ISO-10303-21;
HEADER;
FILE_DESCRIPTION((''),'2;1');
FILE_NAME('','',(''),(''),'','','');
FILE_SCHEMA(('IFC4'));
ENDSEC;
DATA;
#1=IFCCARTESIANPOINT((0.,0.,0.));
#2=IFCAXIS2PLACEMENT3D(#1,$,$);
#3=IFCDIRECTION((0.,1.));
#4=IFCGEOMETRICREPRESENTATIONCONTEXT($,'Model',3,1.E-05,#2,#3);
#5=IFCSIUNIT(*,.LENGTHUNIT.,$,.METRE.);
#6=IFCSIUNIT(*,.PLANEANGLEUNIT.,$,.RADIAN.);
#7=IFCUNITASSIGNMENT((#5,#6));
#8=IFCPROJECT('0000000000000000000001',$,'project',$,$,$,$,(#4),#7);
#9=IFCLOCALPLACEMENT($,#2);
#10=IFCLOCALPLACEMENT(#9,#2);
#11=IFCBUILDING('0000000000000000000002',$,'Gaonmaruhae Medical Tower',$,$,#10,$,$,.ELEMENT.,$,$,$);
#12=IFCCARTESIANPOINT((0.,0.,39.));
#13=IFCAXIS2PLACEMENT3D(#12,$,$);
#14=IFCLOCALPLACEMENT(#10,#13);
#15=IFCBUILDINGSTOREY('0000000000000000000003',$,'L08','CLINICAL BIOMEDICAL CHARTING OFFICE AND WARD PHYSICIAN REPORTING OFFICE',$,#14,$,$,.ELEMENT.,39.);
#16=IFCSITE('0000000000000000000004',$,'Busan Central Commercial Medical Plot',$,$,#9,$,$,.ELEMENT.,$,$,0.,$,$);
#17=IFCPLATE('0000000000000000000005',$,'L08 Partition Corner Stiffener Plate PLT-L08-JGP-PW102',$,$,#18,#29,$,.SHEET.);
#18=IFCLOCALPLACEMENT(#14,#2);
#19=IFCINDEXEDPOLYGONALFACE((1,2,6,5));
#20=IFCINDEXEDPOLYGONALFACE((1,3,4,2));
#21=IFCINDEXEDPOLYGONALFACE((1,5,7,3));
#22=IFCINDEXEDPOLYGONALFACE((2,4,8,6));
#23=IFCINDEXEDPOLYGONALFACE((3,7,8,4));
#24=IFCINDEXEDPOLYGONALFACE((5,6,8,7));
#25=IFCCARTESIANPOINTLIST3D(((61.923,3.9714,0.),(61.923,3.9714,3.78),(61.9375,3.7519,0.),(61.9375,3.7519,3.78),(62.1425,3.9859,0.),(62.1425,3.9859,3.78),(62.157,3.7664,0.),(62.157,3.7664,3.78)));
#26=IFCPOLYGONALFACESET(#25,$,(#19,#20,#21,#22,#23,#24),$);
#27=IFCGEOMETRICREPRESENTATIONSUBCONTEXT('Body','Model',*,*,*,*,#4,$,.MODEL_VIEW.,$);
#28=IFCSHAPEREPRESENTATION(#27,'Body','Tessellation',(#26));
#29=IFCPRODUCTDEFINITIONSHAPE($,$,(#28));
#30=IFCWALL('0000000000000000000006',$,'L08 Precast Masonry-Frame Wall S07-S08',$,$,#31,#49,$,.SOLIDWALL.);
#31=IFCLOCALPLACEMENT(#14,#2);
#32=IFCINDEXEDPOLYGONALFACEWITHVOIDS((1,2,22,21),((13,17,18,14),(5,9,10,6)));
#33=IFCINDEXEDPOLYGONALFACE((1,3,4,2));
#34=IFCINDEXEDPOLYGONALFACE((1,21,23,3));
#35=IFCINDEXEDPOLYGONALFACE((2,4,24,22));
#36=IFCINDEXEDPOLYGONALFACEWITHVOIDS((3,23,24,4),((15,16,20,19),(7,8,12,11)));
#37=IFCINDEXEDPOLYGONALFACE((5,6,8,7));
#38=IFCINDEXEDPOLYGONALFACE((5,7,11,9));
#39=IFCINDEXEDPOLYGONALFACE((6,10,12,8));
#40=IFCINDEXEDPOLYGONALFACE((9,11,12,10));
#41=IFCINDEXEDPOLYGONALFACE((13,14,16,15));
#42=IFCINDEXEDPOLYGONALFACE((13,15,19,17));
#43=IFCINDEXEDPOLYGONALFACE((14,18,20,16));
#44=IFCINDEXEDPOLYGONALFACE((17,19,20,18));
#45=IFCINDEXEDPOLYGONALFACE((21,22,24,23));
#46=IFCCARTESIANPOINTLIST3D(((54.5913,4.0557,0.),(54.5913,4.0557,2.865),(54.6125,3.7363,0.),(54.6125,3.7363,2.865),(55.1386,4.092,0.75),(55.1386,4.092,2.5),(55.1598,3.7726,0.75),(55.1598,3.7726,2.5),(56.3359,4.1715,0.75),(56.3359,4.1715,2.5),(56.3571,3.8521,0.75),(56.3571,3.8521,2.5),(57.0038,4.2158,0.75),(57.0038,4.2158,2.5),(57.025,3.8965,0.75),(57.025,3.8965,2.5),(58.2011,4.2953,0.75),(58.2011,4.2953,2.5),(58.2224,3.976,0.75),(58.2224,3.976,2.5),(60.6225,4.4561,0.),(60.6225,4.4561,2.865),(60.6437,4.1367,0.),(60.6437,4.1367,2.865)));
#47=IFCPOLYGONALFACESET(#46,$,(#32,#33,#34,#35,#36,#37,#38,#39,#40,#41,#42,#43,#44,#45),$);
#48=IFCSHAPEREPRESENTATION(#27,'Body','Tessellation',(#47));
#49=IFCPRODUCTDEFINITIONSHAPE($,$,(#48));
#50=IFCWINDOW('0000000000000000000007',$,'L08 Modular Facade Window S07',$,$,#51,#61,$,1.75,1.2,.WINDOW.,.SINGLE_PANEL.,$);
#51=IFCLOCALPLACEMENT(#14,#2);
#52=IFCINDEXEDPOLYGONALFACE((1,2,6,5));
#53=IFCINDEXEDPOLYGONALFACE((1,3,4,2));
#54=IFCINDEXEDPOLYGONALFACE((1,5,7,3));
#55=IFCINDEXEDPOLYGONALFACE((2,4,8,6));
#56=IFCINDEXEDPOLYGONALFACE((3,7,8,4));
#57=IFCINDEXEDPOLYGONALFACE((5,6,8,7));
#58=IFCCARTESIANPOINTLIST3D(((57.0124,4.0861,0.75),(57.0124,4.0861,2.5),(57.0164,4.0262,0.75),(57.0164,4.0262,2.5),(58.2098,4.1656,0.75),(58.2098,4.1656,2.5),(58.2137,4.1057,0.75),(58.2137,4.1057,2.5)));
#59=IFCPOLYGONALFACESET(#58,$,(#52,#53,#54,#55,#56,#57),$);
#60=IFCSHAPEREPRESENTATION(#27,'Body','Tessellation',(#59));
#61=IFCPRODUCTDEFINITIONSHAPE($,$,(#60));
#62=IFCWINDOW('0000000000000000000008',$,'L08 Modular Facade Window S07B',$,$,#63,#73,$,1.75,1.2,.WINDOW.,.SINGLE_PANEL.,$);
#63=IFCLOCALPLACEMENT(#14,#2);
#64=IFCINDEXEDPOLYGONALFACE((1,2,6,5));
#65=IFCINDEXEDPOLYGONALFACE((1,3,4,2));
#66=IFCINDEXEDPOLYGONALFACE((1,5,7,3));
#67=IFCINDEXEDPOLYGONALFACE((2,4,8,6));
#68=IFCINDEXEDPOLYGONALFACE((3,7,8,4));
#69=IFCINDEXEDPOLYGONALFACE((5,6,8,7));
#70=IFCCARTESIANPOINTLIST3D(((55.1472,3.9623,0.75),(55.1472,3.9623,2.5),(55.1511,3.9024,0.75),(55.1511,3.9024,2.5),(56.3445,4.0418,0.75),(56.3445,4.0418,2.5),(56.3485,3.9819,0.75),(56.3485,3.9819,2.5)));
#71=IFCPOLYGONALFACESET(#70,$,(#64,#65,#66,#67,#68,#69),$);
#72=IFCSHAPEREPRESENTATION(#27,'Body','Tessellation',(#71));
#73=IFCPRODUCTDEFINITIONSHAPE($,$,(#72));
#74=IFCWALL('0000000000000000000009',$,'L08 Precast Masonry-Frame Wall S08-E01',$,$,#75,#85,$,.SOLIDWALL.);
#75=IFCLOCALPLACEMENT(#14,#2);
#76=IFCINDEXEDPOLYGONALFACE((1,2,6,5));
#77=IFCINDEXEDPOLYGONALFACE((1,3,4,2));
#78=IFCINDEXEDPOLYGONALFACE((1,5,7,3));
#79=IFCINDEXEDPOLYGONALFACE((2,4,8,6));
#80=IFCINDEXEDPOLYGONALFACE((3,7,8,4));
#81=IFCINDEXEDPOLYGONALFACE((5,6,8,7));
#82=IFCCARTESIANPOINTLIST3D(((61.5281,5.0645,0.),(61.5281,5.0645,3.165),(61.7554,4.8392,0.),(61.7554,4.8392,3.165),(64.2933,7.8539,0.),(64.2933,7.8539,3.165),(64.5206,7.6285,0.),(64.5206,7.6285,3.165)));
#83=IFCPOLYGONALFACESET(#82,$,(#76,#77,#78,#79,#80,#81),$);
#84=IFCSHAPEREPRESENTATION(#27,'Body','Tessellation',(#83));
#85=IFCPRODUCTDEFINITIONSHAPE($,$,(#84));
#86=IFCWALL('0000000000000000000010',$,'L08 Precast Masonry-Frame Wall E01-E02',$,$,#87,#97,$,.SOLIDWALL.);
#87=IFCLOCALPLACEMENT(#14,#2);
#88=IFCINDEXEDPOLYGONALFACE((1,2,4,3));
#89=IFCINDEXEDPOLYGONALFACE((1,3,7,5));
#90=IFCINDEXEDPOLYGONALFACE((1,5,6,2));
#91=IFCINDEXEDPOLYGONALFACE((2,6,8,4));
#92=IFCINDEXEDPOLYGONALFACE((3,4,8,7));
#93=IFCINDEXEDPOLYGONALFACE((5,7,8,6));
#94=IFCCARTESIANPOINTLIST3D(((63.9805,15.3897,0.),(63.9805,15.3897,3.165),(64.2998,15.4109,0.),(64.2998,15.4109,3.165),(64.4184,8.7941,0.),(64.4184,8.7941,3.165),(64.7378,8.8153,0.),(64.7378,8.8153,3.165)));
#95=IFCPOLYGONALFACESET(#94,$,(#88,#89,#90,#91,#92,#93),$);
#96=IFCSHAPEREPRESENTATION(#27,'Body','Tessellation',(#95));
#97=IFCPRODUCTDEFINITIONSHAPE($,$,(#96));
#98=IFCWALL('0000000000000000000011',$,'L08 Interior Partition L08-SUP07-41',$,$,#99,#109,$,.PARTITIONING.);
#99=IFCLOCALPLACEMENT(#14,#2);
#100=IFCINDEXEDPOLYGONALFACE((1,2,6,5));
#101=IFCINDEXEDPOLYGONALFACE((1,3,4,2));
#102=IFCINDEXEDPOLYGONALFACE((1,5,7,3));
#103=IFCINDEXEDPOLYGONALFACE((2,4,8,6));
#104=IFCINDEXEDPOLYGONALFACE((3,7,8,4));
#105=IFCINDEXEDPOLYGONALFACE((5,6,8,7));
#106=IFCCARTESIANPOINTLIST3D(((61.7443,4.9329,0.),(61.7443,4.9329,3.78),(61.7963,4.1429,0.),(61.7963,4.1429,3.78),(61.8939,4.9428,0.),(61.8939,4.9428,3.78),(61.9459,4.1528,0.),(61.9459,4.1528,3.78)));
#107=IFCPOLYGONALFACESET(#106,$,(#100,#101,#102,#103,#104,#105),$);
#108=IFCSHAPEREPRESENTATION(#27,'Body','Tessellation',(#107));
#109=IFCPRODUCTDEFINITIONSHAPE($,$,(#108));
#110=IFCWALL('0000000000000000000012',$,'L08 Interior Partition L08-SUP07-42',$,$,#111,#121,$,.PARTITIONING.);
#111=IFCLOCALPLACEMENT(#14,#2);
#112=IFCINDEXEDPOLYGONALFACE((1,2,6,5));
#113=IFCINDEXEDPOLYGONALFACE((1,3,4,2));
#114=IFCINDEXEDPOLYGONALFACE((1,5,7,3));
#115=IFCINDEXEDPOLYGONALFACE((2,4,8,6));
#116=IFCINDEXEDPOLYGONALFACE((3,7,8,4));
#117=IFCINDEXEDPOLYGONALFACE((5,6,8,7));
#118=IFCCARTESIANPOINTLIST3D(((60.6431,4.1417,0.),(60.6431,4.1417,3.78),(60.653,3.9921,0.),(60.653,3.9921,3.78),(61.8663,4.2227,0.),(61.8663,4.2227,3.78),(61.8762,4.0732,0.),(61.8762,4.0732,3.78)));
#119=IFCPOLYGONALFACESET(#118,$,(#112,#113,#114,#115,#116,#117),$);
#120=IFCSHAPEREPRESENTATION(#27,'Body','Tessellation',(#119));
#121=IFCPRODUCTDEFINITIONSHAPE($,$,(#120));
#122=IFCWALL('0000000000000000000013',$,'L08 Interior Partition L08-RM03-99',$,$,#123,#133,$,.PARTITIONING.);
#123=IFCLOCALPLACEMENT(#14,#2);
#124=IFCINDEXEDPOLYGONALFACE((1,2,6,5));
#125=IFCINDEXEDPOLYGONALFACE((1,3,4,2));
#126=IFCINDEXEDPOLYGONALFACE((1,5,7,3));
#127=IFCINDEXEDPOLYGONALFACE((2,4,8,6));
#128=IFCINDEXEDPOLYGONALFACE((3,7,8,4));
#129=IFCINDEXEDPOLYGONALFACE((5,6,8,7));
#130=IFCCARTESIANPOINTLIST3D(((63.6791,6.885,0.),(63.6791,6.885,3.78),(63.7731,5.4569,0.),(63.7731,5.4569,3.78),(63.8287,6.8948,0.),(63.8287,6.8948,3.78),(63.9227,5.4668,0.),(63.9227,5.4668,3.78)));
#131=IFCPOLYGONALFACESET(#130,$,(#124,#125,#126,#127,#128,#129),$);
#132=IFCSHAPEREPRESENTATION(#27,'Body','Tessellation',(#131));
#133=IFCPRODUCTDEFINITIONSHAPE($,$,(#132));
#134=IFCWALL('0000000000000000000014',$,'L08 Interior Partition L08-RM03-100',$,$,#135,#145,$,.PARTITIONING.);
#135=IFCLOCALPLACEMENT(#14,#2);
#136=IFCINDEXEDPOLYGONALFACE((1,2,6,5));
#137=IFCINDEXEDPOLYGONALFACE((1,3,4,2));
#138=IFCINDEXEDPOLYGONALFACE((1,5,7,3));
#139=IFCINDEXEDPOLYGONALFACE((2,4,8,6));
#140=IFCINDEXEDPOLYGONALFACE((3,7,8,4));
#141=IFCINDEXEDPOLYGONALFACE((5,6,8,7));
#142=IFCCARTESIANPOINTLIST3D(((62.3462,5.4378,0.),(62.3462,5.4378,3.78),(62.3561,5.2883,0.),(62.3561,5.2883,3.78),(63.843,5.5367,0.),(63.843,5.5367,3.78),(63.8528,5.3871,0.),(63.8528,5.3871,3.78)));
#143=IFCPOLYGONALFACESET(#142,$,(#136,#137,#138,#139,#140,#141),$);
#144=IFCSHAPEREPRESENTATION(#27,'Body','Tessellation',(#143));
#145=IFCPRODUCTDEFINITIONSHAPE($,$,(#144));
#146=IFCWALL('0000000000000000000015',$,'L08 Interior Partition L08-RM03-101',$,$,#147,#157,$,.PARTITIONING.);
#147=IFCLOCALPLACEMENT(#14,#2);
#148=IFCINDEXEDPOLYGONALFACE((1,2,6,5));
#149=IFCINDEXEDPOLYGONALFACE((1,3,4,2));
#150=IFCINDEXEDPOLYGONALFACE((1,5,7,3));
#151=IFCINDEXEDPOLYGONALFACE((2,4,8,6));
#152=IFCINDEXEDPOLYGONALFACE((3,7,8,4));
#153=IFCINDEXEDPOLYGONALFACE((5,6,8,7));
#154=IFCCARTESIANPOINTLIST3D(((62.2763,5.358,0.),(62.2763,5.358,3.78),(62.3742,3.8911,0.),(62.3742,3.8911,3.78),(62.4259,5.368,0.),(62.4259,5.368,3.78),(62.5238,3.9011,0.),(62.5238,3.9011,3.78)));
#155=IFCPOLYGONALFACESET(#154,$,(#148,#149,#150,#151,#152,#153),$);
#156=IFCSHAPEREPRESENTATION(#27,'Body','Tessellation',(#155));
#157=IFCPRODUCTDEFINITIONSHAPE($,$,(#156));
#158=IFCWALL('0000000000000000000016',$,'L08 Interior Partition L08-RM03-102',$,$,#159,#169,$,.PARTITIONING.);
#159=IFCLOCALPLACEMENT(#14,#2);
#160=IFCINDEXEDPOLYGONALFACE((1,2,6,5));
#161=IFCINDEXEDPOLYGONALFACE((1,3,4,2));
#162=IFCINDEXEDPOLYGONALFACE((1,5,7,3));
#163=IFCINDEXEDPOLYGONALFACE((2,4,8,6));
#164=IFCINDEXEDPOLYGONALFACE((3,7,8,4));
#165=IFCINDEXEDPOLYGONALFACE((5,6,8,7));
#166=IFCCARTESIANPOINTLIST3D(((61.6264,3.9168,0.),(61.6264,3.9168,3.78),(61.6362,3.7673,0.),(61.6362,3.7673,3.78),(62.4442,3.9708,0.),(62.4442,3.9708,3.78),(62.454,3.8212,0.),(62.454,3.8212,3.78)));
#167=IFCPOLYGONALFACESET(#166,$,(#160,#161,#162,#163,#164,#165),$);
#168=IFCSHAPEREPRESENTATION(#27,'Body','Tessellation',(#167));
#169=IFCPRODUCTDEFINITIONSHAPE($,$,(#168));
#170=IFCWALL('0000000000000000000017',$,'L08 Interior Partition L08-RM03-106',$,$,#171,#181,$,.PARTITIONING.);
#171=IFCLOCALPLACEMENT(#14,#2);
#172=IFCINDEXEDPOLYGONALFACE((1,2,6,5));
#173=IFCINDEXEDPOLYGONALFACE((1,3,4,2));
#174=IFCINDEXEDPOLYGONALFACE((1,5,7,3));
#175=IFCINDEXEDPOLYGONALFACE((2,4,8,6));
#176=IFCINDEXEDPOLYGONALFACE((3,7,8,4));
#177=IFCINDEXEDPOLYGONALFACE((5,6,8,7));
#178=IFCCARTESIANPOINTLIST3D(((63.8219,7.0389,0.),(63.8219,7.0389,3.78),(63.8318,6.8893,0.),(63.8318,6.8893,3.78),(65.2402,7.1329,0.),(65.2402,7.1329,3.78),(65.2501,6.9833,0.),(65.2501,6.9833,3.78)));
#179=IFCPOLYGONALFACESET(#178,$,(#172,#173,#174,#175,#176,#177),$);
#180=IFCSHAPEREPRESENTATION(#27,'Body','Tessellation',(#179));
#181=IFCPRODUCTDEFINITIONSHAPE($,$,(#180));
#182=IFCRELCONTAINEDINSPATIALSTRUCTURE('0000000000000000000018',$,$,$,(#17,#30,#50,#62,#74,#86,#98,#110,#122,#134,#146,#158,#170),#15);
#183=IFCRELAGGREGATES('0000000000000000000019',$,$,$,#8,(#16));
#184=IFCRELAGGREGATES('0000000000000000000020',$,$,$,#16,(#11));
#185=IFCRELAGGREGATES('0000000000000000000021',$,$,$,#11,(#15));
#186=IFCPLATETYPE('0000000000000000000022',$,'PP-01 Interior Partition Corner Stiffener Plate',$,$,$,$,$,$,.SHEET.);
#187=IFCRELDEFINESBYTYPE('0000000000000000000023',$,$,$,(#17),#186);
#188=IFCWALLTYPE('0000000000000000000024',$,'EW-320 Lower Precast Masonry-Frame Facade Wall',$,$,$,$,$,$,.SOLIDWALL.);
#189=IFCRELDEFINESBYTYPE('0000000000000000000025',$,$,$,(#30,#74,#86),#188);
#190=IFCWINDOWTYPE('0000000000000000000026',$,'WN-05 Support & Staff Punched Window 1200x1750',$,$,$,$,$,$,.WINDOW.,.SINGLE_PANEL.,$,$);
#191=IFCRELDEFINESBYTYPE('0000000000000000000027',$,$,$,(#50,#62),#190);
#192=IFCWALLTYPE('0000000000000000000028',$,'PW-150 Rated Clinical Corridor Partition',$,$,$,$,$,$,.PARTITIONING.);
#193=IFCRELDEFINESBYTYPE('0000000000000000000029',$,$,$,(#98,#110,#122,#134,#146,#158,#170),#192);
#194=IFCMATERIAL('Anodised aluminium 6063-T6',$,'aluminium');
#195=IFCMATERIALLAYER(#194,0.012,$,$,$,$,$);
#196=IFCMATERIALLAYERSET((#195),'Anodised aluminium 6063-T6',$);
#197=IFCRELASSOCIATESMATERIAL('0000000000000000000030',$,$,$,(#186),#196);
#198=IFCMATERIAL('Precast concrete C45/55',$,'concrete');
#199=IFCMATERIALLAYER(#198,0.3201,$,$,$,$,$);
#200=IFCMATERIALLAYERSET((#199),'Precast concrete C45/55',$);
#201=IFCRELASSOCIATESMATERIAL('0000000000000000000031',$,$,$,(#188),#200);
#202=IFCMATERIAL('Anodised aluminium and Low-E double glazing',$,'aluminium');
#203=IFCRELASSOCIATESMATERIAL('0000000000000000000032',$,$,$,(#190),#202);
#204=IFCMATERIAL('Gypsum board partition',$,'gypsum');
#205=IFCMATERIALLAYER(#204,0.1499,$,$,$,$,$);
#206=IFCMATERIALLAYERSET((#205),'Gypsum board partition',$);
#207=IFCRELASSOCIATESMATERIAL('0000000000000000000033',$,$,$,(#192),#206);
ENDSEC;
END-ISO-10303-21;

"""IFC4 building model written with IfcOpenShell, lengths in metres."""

from ifc_helpers import new_model, si_unit, direction, frame, frame_2d, origin, origin_2d, place, context, subcontext, project, spatial, rectangle, extrude, material, layer, layer_set, type_object, element, fill, save


model = new_model("IFC4")

# Units and contexts
model_context = context("Model", 3, precision=1e-05, world=origin(), true_north=direction((0.0, 1.0)))
body_context = subcontext(model_context, "Body", "Model", "MODEL_VIEW")
ifc_project = project(units=[si_unit("LENGTHUNIT", "METRE"), si_unit("PLANEANGLEUNIT", "RADIAN")], contexts=[model_context])

# Site, building, storey
site_placement = place(None, origin())
site = spatial("IfcSite", under=ifc_project, at=site_placement, Name="Busan Central Commercial Medical Plot", CompositionType="ELEMENT", RefElevation=0.0)
building_placement = place(site_placement, origin())
building = spatial("IfcBuilding", under=site, at=building_placement, Name="Gaonmaruhae Medical Tower", CompositionType="ELEMENT")
storey_placement = place(building_placement, frame((0.0, 0.0, 39.0)))
storey = spatial("IfcBuildingStorey", under=building, at=storey_placement, Name="L08", Description="CLINICAL BIOMEDICAL CHARTING OFFICE AND WARD PHYSICIAN REPORTING OFFICE", CompositionType="ELEMENT", Elevation=39.0)

# Plate
ifc_material_1 = material(Name="Anodised aluminium 6063-T6", Category="aluminium")
ifc_layer_1 = layer(ifc_material_1, 0.012)
ifc_layer_set_1 = layer_set([ifc_layer_1], Name="Anodised aluminium 6063-T6")
plate_type_1 = type_object("IfcPlateType", Name="PP-01 Interior Partition Corner Stiffener Plate", PredefinedType="SHEET", material=ifc_layer_set_1)
for number, where, z_axis, x_axis, name in (
    (1, (62.04, 3.8689, 0.0), (0.0, 0.0, 1.0), (-0.997828, -0.065873, 0.0), "L08 Partition Corner Stiffener Plate PLT-L08-JGP-PW102"),
):
    element("IfcPlate", number, at=place(storey_placement, frame(where, z_axis=z_axis, x_axis=x_axis)), inside=storey, type_object=plate_type_1, Name=name, PredefinedType="SHEET", context=body_context, shape_type="SweptSolid", body=[
        extrude(rectangle(XDim=0.22, YDim=0.22, at=origin_2d()), origin(), (0.0, 0.0, 1.0), 3.78),
    ])

# Wall, openings, windows
ifc_material_2 = material(Name="Precast concrete C45/55", Category="concrete")
ifc_layer_2 = layer(ifc_material_2, 0.3201)
ifc_layer_set_2 = layer_set([ifc_layer_2], Name="Precast concrete C45/55")
wall_type_1 = type_object("IfcWallType", Name="EW-320 Lower Precast Masonry-Frame Facade Wall", PredefinedType="SOLIDWALL", material=ifc_layer_set_2)
wall_1_placement = place(storey_placement, frame((60.6331, 4.2964, 0.0), z_axis=(0.0, 0.0, 1.0), x_axis=(-0.997804, -0.06624, 0.0)))
wall_1 = element("IfcWall", 2, at=wall_1_placement, inside=storey, type_object=wall_type_1, Name="L08 Precast Masonry-Frame Wall S07-S08", PredefinedType="SOLIDWALL", context=body_context, shape_type="SweptSolid", body=[
    extrude(rectangle(XDim=6.0444, YDim=0.3201, at=frame_2d((3.0222, 0.0))), origin(), (0.0, 0.0, 1.0), 2.865),
])
opening_1_placement = place(wall_1_placement, frame((2.4265, 0.0, 0.75)))
opening_1 = element("IfcOpeningElement", 3, at=opening_1_placement, cuts=wall_1, PredefinedType="OPENING", context=body_context, shape_type="SweptSolid", body=[
    extrude(rectangle(XDim=1.2, YDim=1.75, at=frame_2d((0.6001, 0.875))), frame((0.0, 0.1699, 0.0), z_axis=(0.0, -1.0, 0.0), x_axis=(1.0, 0.0, 0.0)), (0.0, 0.0, 1.0), 0.3401),
])
opening_2_placement = place(wall_1_placement, frame((4.2959, 0.0, 0.75)))
opening_2 = element("IfcOpeningElement", 4, at=opening_2_placement, cuts=wall_1, PredefinedType="OPENING", context=body_context, shape_type="SweptSolid", body=[
    extrude(rectangle(XDim=1.2, YDim=1.75, at=frame_2d((0.6001, 0.875))), frame((0.0, 0.1699, 0.0), z_axis=(0.0, -1.0, 0.0), x_axis=(1.0, 0.0, 0.0)), (0.0, 0.0, 1.0), 0.3401),
])
ifc_material_3 = material(Name="Anodised aluminium and Low-E double glazing", Category="aluminium")
window_type = type_object("IfcWindowType", Name="WN-05 Support & Staff Punched Window 1200x1750", PartitioningType="SINGLE_PANEL", PredefinedType="WINDOW", material=ifc_material_3)
window_1_placement = place(opening_1_placement, origin())
window_1 = element("IfcWindow", 5, at=window_1_placement, inside=storey, type_object=window_type, Name="L08 Modular Facade Window S07", OverallHeight=1.75, OverallWidth=1.2, PartitioningType="SINGLE_PANEL", PredefinedType="WINDOW", context=body_context, shape_type="SweptSolid", body=[
    extrude(rectangle(XDim=1.2, YDim=1.75, at=frame_2d((0.6001, 0.875))), frame((0.0, 0.03, 0.0), z_axis=(0.0, -1.0, 0.0), x_axis=(1.0, 0.0, 0.0)), (0.0, 0.0, 1.0), 0.0601),
])
fill(opening_1, window_1)
window_2_placement = place(opening_2_placement, origin())
window_2 = element("IfcWindow", 6, at=window_2_placement, inside=storey, type_object=window_type, Name="L08 Modular Facade Window S07B", OverallHeight=1.75, OverallWidth=1.2, PartitioningType="SINGLE_PANEL", PredefinedType="WINDOW", context=body_context, shape_type="SweptSolid", body=[
    extrude(rectangle(XDim=1.2, YDim=1.75, at=frame_2d((0.6001, 0.875))), frame((0.0, 0.03, 0.0), z_axis=(0.0, -1.0, 0.0), x_axis=(1.0, 0.0, 0.0)), (0.0, 0.0, 1.0), 0.0601),
])
fill(opening_2, window_2)

# Walls
wall_2_placement = place(storey_placement, frame((64.407, 7.7412, 0.0), z_axis=(0.0, 0.0, 1.0), x_axis=(-0.704023, -0.710177, 0.0)))
element("IfcWall", 7, at=wall_2_placement, inside=storey, type_object=wall_type_1, Name="L08 Precast Masonry-Frame Wall S08-E01", PredefinedType="SOLIDWALL", context=body_context, shape_type="SweptSolid", body=[
    extrude(rectangle(XDim=3.9277, YDim=0.3201, at=frame_2d((1.9639, 0.0))), origin(), (0.0, 0.0, 1.0), 3.165),
])
wall_3_placement = place(storey_placement, frame((64.1401, 15.4004, 0.0), z_axis=(0.0, 0.0, 1.0), x_axis=(0.066259, -0.997802, 0.0)))
element("IfcWall", 8, at=wall_3_placement, inside=storey, type_object=wall_type_1, Name="L08 Precast Masonry-Frame Wall E01-E02", PredefinedType="SOLIDWALL", context=body_context, shape_type="SweptSolid", body=[
    extrude(rectangle(XDim=6.6101, YDim=0.3201, at=frame_2d((3.3052, 0.0))), origin(), (0.0, 0.0, 1.0), 3.165),
])
ifc_material_4 = material(Name="Gypsum board partition", Category="gypsum")
ifc_layer_3 = layer(ifc_material_4, 0.1499)
ifc_layer_set_3 = layer_set([ifc_layer_3], Name="Gypsum board partition")
wall_type_2 = type_object("IfcWallType", Name="PW-150 Rated Clinical Corridor Partition", PredefinedType="PARTITIONING", material=ifc_layer_set_3)
wall_4_placement = place(storey_placement, frame((61.8191, 4.938, 0.0), z_axis=(0.0, 0.0, 1.0), x_axis=(0.06568, -0.997841, 0.0)))
element("IfcWall", 9, at=wall_4_placement, inside=storey, type_object=wall_type_2, Name="L08 Interior Partition L08-SUP07-41", PredefinedType="PARTITIONING", context=body_context, shape_type="SweptSolid", body=[
    extrude(rectangle(XDim=0.7917, YDim=0.1499, at=frame_2d((0.396, 0.0))), origin(), (0.0, 0.0, 1.0), 3.78),
])
wall_5_placement = place(storey_placement, frame((61.8711, 4.1479, 0.0), z_axis=(0.0, 0.0, 1.0), x_axis=(-0.997812, -0.066122, 0.0)))
element("IfcWall", 10, at=wall_5_placement, inside=storey, type_object=wall_type_2, Name="L08 Interior Partition L08-SUP07-42", PredefinedType="PARTITIONING", context=body_context, shape_type="SweptSolid", body=[
    extrude(rectangle(XDim=1.2258, YDim=0.1499, at=frame_2d((0.6128, 0.0))), origin(), (0.0, 0.0, 1.0), 3.78),
])
wall_6_placement = place(storey_placement, frame((63.7539, 6.8899, 0.0), z_axis=(0.0, 0.0, 1.0), x_axis=(0.065681, -0.997841, 0.0)))
element("IfcWall", 11, at=wall_6_placement, inside=storey, type_object=wall_type_2, Name="L08 Interior Partition L08-RM03-99", PredefinedType="PARTITIONING", context=body_context, shape_type="SweptSolid", body=[
    extrude(rectangle(XDim=1.4312, YDim=0.1499, at=frame_2d((0.7156, 0.0))), origin(), (0.0, 0.0, 1.0), 3.78),
])
wall_7_placement = place(storey_placement, frame((63.8479, 5.4619, 0.0), z_axis=(0.0, 0.0, 1.0), x_axis=(-0.997825, -0.065914, 0.0)))
element("IfcWall", 12, at=wall_7_placement, inside=storey, type_object=wall_type_2, Name="L08 Interior Partition L08-RM03-100", PredefinedType="PARTITIONING", context=body_context, shape_type="SweptSolid", body=[
    extrude(rectangle(XDim=1.5, YDim=0.1499, at=frame_2d((0.75, 0.0))), origin(), (0.0, 0.0, 1.0), 3.78),
])
wall_8_placement = place(storey_placement, frame((62.3511, 5.363, 0.0), z_axis=(0.0, 0.0, 1.0), x_axis=(0.066585, -0.997781, 0.0)))
element("IfcWall", 13, at=wall_8_placement, inside=storey, type_object=wall_type_2, Name="L08 Interior Partition L08-RM03-101", PredefinedType="PARTITIONING", context=body_context, shape_type="SweptSolid", body=[
    extrude(rectangle(XDim=1.4702, YDim=0.1499, at=frame_2d((0.7351, 0.0))), origin(), (0.0, 0.0, 1.0), 3.78),
])
wall_9_placement = place(storey_placement, frame((62.449, 3.896, 0.0), z_axis=(0.0, 0.0, 1.0), x_axis=(-0.997831, -0.065827, 0.0)))
element("IfcWall", 14, at=wall_9_placement, inside=storey, type_object=wall_type_2, Name="L08 Interior Partition L08-RM03-102", PredefinedType="PARTITIONING", context=body_context, shape_type="SweptSolid", body=[
    extrude(rectangle(XDim=0.8196, YDim=0.1499, at=frame_2d((0.4097, 0.0))), origin(), (0.0, 0.0, 1.0), 3.78),
])
wall_10_placement = place(storey_placement, frame((65.2451, 7.0581, 0.0), z_axis=(0.0, 0.0, 1.0), x_axis=(-0.997811, -0.066131, 0.0)))
element("IfcWall", 15, at=wall_10_placement, inside=storey, type_object=wall_type_2, Name="L08 Interior Partition L08-RM03-106", PredefinedType="PARTITIONING", context=body_context, shape_type="SweptSolid", body=[
    extrude(rectangle(XDim=1.4214, YDim=0.1499, at=frame_2d((0.7107, 0.0))), origin(), (0.0, 0.0, 1.0), 3.78),
])

save(model, "model.ifc")
